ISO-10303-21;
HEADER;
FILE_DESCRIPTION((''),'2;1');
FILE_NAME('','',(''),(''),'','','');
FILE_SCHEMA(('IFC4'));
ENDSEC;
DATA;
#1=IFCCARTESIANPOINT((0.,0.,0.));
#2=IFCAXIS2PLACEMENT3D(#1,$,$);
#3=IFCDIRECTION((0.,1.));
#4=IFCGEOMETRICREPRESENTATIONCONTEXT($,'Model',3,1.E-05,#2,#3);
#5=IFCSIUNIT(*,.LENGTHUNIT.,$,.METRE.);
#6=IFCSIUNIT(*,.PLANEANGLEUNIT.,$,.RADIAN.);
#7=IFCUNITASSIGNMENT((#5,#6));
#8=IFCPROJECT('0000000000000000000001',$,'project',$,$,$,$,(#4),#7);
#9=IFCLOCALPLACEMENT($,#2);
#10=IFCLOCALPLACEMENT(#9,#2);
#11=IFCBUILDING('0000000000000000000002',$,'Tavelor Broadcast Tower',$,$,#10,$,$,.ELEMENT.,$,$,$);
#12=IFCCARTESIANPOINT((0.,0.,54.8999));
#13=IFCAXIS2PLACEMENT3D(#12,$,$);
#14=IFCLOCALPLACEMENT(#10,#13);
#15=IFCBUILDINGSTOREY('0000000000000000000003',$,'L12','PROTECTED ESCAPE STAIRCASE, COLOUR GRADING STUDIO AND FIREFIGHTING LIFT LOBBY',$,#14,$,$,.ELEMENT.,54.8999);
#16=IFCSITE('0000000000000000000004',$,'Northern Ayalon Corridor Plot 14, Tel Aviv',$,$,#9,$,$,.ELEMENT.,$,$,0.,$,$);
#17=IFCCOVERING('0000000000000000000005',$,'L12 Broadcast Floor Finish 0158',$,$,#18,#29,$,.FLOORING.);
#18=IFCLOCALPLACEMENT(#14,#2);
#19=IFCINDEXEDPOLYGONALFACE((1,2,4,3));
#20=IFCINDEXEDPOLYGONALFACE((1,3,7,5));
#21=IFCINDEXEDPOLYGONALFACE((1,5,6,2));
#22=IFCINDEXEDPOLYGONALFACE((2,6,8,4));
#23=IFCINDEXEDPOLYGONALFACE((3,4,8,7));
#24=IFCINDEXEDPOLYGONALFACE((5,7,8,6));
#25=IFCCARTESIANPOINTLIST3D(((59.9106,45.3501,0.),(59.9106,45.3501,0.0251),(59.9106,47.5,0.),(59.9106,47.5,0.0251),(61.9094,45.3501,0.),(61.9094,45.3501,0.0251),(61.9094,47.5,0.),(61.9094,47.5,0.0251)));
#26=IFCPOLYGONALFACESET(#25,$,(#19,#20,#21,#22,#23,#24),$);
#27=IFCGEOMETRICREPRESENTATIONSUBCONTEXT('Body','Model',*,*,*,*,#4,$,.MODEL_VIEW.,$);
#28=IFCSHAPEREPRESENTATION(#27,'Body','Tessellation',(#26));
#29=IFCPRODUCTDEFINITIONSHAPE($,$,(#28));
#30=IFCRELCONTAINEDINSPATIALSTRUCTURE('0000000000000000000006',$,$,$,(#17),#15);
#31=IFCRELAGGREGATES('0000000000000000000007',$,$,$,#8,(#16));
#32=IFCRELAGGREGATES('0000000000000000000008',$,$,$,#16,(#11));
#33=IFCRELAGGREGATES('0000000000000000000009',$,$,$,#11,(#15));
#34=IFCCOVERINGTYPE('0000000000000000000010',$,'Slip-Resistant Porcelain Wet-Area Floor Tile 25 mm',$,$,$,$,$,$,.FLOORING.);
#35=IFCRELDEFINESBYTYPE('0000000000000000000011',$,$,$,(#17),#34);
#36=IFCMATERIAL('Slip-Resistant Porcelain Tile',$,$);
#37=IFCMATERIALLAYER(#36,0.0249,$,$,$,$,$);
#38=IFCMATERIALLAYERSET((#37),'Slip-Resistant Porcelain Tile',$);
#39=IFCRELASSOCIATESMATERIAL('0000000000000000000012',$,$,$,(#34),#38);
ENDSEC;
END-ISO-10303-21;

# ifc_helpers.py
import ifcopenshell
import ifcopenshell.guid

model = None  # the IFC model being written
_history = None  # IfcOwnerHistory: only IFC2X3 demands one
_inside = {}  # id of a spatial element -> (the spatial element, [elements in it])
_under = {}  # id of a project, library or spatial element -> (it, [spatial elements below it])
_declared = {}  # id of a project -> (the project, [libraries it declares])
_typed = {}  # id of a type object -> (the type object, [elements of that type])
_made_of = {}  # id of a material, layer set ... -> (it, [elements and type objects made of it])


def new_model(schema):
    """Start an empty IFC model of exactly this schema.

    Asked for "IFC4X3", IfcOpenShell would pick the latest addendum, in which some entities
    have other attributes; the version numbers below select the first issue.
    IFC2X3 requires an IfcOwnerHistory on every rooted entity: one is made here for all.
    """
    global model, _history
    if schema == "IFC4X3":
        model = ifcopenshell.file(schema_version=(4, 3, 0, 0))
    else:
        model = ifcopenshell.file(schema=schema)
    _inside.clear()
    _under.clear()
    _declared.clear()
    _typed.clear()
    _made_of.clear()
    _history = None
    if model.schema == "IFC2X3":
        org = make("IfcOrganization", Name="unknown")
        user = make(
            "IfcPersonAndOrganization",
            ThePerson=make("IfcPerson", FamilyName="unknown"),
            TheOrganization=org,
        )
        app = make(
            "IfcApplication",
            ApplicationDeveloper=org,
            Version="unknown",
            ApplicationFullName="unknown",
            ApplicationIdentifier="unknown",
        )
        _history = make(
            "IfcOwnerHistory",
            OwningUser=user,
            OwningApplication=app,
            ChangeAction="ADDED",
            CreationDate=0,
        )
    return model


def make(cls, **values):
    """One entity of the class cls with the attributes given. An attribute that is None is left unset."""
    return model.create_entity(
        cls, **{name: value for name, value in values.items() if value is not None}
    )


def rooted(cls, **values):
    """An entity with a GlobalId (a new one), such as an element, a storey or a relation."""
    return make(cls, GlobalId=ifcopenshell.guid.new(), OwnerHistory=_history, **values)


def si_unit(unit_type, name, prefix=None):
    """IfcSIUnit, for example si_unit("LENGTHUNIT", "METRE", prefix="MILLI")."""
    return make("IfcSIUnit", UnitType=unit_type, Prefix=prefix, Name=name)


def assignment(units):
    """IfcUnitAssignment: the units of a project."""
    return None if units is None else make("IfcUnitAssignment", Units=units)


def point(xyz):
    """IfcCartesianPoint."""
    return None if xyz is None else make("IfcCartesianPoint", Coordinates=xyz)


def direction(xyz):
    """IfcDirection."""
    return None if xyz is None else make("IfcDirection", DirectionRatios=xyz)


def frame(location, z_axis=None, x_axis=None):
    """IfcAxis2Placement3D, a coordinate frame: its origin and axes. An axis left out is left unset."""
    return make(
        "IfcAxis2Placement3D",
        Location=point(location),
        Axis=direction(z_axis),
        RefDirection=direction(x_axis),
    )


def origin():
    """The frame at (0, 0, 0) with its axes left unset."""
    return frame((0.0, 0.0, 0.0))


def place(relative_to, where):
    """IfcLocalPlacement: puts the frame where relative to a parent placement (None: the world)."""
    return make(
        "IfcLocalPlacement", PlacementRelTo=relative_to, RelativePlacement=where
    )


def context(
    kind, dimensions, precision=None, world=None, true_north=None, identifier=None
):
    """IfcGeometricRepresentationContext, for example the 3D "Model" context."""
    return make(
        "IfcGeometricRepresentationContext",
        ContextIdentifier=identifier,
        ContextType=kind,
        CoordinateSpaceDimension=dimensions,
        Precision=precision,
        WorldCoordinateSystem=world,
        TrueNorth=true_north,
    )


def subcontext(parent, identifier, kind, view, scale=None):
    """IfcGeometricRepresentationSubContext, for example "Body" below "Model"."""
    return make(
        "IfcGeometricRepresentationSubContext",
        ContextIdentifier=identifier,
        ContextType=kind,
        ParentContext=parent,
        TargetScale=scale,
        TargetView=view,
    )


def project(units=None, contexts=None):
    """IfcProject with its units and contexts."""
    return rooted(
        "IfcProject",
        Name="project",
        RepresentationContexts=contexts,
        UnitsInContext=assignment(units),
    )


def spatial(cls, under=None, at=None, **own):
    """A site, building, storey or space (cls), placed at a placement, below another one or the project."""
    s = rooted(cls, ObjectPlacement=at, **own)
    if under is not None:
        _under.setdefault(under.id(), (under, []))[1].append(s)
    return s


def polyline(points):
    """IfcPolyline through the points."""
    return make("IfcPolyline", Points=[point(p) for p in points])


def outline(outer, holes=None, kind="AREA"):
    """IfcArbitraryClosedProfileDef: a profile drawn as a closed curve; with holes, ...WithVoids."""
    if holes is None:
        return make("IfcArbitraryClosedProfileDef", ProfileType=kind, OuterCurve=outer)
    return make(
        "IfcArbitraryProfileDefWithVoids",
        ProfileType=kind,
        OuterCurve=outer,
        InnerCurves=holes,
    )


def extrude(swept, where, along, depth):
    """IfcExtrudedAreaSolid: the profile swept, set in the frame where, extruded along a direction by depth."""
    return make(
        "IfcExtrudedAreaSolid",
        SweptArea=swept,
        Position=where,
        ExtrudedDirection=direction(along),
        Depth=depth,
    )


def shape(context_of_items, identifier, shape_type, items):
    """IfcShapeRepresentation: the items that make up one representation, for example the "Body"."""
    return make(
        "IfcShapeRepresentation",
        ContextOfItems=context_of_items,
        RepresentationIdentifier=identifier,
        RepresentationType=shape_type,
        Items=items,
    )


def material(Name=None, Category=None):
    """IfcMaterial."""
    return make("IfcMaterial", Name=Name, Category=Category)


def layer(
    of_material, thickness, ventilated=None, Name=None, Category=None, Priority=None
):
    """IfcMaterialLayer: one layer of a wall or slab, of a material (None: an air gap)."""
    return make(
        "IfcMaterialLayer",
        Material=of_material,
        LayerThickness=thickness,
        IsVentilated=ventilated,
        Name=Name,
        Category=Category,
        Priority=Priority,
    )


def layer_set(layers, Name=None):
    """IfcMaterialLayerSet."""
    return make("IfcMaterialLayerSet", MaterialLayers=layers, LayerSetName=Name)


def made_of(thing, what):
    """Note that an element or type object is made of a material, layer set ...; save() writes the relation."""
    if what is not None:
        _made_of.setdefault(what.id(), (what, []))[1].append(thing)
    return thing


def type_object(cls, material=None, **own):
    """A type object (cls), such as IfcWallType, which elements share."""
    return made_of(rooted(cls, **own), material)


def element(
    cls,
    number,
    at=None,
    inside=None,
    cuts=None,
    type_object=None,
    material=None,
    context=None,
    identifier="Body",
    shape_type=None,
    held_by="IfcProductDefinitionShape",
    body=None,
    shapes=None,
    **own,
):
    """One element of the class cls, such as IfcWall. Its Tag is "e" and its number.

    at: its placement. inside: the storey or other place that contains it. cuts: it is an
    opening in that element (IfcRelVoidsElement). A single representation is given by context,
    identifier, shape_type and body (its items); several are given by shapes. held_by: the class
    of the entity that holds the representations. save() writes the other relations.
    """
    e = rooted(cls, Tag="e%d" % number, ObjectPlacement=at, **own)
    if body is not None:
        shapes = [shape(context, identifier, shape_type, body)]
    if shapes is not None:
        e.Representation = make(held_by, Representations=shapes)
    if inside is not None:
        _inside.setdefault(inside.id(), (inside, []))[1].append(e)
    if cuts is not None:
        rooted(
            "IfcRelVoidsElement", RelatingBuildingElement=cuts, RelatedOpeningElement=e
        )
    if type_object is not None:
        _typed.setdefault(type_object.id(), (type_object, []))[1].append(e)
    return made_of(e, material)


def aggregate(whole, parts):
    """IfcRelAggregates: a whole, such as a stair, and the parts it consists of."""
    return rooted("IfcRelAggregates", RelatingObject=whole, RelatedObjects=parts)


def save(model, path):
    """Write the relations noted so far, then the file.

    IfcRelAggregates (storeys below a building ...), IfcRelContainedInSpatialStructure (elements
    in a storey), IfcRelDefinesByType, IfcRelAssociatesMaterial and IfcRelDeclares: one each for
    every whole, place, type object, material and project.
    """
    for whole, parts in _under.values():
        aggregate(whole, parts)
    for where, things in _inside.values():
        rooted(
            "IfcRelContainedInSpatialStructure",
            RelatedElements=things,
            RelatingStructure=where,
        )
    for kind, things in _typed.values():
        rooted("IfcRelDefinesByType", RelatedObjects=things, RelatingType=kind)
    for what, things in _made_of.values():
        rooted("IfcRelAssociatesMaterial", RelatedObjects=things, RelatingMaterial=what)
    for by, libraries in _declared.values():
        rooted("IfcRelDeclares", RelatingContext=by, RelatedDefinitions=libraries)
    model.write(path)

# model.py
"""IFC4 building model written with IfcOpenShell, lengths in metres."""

from ifc_helpers import new_model, si_unit, direction, frame, origin, place, context, subcontext, project, spatial, polyline, outline, extrude, material, layer, layer_set, type_object, element, save


model = new_model("IFC4")

# Units and contexts
model_context = context("Model", 3, precision=1e-05, world=origin(), true_north=direction((0.0, 1.0)))
body_context = subcontext(model_context, "Body", "Model", "MODEL_VIEW")
ifc_project = project(units=[si_unit("LENGTHUNIT", "METRE"), si_unit("PLANEANGLEUNIT", "RADIAN")], contexts=[model_context])

# Site, building, storey
site_placement = place(None, origin())
site = spatial("IfcSite", under=ifc_project, at=site_placement, Name="Northern Ayalon Corridor Plot 14, Tel Aviv", CompositionType="ELEMENT", RefElevation=0.0)
building_placement = place(site_placement, origin())
building = spatial("IfcBuilding", under=site, at=building_placement, Name="Tavelor Broadcast Tower", CompositionType="ELEMENT")
storey_placement = place(building_placement, frame((0.0, 0.0, 54.8999)))
storey = spatial("IfcBuildingStorey", under=building, at=storey_placement, Name="L12", Description="PROTECTED ESCAPE STAIRCASE, COLOUR GRADING STUDIO AND FIREFIGHTING LIFT LOBBY", CompositionType="ELEMENT", Elevation=54.8999)

# Covering
ifc_material_1 = material(Name="Slip-Resistant Porcelain Tile")
ifc_layer_1 = layer(ifc_material_1, 0.0249)
ifc_layer_set_1 = layer_set([ifc_layer_1], Name="Slip-Resistant Porcelain Tile")
covering_type_1 = type_object("IfcCoveringType", Name="Slip-Resistant Porcelain Wet-Area Floor Tile 25 mm", PredefinedType="FLOORING", material=ifc_layer_set_1)
covering_1_placement = place(storey_placement, origin())
element("IfcCovering", 1, at=covering_1_placement, inside=storey, type_object=covering_type_1, Name="L12 Broadcast Floor Finish 0158", PredefinedType="FLOORING", context=body_context, shape_type="SweptSolid", body=[
    extrude(outline(polyline([(59.9106, 45.3501), (61.9094, 45.3501), (61.9094, 47.5), (59.9106, 47.5), (59.9106, 45.3501)])), origin(), (0.0, 0.0, 1.0), 0.0251),
])

save(model, "model.ifc")
